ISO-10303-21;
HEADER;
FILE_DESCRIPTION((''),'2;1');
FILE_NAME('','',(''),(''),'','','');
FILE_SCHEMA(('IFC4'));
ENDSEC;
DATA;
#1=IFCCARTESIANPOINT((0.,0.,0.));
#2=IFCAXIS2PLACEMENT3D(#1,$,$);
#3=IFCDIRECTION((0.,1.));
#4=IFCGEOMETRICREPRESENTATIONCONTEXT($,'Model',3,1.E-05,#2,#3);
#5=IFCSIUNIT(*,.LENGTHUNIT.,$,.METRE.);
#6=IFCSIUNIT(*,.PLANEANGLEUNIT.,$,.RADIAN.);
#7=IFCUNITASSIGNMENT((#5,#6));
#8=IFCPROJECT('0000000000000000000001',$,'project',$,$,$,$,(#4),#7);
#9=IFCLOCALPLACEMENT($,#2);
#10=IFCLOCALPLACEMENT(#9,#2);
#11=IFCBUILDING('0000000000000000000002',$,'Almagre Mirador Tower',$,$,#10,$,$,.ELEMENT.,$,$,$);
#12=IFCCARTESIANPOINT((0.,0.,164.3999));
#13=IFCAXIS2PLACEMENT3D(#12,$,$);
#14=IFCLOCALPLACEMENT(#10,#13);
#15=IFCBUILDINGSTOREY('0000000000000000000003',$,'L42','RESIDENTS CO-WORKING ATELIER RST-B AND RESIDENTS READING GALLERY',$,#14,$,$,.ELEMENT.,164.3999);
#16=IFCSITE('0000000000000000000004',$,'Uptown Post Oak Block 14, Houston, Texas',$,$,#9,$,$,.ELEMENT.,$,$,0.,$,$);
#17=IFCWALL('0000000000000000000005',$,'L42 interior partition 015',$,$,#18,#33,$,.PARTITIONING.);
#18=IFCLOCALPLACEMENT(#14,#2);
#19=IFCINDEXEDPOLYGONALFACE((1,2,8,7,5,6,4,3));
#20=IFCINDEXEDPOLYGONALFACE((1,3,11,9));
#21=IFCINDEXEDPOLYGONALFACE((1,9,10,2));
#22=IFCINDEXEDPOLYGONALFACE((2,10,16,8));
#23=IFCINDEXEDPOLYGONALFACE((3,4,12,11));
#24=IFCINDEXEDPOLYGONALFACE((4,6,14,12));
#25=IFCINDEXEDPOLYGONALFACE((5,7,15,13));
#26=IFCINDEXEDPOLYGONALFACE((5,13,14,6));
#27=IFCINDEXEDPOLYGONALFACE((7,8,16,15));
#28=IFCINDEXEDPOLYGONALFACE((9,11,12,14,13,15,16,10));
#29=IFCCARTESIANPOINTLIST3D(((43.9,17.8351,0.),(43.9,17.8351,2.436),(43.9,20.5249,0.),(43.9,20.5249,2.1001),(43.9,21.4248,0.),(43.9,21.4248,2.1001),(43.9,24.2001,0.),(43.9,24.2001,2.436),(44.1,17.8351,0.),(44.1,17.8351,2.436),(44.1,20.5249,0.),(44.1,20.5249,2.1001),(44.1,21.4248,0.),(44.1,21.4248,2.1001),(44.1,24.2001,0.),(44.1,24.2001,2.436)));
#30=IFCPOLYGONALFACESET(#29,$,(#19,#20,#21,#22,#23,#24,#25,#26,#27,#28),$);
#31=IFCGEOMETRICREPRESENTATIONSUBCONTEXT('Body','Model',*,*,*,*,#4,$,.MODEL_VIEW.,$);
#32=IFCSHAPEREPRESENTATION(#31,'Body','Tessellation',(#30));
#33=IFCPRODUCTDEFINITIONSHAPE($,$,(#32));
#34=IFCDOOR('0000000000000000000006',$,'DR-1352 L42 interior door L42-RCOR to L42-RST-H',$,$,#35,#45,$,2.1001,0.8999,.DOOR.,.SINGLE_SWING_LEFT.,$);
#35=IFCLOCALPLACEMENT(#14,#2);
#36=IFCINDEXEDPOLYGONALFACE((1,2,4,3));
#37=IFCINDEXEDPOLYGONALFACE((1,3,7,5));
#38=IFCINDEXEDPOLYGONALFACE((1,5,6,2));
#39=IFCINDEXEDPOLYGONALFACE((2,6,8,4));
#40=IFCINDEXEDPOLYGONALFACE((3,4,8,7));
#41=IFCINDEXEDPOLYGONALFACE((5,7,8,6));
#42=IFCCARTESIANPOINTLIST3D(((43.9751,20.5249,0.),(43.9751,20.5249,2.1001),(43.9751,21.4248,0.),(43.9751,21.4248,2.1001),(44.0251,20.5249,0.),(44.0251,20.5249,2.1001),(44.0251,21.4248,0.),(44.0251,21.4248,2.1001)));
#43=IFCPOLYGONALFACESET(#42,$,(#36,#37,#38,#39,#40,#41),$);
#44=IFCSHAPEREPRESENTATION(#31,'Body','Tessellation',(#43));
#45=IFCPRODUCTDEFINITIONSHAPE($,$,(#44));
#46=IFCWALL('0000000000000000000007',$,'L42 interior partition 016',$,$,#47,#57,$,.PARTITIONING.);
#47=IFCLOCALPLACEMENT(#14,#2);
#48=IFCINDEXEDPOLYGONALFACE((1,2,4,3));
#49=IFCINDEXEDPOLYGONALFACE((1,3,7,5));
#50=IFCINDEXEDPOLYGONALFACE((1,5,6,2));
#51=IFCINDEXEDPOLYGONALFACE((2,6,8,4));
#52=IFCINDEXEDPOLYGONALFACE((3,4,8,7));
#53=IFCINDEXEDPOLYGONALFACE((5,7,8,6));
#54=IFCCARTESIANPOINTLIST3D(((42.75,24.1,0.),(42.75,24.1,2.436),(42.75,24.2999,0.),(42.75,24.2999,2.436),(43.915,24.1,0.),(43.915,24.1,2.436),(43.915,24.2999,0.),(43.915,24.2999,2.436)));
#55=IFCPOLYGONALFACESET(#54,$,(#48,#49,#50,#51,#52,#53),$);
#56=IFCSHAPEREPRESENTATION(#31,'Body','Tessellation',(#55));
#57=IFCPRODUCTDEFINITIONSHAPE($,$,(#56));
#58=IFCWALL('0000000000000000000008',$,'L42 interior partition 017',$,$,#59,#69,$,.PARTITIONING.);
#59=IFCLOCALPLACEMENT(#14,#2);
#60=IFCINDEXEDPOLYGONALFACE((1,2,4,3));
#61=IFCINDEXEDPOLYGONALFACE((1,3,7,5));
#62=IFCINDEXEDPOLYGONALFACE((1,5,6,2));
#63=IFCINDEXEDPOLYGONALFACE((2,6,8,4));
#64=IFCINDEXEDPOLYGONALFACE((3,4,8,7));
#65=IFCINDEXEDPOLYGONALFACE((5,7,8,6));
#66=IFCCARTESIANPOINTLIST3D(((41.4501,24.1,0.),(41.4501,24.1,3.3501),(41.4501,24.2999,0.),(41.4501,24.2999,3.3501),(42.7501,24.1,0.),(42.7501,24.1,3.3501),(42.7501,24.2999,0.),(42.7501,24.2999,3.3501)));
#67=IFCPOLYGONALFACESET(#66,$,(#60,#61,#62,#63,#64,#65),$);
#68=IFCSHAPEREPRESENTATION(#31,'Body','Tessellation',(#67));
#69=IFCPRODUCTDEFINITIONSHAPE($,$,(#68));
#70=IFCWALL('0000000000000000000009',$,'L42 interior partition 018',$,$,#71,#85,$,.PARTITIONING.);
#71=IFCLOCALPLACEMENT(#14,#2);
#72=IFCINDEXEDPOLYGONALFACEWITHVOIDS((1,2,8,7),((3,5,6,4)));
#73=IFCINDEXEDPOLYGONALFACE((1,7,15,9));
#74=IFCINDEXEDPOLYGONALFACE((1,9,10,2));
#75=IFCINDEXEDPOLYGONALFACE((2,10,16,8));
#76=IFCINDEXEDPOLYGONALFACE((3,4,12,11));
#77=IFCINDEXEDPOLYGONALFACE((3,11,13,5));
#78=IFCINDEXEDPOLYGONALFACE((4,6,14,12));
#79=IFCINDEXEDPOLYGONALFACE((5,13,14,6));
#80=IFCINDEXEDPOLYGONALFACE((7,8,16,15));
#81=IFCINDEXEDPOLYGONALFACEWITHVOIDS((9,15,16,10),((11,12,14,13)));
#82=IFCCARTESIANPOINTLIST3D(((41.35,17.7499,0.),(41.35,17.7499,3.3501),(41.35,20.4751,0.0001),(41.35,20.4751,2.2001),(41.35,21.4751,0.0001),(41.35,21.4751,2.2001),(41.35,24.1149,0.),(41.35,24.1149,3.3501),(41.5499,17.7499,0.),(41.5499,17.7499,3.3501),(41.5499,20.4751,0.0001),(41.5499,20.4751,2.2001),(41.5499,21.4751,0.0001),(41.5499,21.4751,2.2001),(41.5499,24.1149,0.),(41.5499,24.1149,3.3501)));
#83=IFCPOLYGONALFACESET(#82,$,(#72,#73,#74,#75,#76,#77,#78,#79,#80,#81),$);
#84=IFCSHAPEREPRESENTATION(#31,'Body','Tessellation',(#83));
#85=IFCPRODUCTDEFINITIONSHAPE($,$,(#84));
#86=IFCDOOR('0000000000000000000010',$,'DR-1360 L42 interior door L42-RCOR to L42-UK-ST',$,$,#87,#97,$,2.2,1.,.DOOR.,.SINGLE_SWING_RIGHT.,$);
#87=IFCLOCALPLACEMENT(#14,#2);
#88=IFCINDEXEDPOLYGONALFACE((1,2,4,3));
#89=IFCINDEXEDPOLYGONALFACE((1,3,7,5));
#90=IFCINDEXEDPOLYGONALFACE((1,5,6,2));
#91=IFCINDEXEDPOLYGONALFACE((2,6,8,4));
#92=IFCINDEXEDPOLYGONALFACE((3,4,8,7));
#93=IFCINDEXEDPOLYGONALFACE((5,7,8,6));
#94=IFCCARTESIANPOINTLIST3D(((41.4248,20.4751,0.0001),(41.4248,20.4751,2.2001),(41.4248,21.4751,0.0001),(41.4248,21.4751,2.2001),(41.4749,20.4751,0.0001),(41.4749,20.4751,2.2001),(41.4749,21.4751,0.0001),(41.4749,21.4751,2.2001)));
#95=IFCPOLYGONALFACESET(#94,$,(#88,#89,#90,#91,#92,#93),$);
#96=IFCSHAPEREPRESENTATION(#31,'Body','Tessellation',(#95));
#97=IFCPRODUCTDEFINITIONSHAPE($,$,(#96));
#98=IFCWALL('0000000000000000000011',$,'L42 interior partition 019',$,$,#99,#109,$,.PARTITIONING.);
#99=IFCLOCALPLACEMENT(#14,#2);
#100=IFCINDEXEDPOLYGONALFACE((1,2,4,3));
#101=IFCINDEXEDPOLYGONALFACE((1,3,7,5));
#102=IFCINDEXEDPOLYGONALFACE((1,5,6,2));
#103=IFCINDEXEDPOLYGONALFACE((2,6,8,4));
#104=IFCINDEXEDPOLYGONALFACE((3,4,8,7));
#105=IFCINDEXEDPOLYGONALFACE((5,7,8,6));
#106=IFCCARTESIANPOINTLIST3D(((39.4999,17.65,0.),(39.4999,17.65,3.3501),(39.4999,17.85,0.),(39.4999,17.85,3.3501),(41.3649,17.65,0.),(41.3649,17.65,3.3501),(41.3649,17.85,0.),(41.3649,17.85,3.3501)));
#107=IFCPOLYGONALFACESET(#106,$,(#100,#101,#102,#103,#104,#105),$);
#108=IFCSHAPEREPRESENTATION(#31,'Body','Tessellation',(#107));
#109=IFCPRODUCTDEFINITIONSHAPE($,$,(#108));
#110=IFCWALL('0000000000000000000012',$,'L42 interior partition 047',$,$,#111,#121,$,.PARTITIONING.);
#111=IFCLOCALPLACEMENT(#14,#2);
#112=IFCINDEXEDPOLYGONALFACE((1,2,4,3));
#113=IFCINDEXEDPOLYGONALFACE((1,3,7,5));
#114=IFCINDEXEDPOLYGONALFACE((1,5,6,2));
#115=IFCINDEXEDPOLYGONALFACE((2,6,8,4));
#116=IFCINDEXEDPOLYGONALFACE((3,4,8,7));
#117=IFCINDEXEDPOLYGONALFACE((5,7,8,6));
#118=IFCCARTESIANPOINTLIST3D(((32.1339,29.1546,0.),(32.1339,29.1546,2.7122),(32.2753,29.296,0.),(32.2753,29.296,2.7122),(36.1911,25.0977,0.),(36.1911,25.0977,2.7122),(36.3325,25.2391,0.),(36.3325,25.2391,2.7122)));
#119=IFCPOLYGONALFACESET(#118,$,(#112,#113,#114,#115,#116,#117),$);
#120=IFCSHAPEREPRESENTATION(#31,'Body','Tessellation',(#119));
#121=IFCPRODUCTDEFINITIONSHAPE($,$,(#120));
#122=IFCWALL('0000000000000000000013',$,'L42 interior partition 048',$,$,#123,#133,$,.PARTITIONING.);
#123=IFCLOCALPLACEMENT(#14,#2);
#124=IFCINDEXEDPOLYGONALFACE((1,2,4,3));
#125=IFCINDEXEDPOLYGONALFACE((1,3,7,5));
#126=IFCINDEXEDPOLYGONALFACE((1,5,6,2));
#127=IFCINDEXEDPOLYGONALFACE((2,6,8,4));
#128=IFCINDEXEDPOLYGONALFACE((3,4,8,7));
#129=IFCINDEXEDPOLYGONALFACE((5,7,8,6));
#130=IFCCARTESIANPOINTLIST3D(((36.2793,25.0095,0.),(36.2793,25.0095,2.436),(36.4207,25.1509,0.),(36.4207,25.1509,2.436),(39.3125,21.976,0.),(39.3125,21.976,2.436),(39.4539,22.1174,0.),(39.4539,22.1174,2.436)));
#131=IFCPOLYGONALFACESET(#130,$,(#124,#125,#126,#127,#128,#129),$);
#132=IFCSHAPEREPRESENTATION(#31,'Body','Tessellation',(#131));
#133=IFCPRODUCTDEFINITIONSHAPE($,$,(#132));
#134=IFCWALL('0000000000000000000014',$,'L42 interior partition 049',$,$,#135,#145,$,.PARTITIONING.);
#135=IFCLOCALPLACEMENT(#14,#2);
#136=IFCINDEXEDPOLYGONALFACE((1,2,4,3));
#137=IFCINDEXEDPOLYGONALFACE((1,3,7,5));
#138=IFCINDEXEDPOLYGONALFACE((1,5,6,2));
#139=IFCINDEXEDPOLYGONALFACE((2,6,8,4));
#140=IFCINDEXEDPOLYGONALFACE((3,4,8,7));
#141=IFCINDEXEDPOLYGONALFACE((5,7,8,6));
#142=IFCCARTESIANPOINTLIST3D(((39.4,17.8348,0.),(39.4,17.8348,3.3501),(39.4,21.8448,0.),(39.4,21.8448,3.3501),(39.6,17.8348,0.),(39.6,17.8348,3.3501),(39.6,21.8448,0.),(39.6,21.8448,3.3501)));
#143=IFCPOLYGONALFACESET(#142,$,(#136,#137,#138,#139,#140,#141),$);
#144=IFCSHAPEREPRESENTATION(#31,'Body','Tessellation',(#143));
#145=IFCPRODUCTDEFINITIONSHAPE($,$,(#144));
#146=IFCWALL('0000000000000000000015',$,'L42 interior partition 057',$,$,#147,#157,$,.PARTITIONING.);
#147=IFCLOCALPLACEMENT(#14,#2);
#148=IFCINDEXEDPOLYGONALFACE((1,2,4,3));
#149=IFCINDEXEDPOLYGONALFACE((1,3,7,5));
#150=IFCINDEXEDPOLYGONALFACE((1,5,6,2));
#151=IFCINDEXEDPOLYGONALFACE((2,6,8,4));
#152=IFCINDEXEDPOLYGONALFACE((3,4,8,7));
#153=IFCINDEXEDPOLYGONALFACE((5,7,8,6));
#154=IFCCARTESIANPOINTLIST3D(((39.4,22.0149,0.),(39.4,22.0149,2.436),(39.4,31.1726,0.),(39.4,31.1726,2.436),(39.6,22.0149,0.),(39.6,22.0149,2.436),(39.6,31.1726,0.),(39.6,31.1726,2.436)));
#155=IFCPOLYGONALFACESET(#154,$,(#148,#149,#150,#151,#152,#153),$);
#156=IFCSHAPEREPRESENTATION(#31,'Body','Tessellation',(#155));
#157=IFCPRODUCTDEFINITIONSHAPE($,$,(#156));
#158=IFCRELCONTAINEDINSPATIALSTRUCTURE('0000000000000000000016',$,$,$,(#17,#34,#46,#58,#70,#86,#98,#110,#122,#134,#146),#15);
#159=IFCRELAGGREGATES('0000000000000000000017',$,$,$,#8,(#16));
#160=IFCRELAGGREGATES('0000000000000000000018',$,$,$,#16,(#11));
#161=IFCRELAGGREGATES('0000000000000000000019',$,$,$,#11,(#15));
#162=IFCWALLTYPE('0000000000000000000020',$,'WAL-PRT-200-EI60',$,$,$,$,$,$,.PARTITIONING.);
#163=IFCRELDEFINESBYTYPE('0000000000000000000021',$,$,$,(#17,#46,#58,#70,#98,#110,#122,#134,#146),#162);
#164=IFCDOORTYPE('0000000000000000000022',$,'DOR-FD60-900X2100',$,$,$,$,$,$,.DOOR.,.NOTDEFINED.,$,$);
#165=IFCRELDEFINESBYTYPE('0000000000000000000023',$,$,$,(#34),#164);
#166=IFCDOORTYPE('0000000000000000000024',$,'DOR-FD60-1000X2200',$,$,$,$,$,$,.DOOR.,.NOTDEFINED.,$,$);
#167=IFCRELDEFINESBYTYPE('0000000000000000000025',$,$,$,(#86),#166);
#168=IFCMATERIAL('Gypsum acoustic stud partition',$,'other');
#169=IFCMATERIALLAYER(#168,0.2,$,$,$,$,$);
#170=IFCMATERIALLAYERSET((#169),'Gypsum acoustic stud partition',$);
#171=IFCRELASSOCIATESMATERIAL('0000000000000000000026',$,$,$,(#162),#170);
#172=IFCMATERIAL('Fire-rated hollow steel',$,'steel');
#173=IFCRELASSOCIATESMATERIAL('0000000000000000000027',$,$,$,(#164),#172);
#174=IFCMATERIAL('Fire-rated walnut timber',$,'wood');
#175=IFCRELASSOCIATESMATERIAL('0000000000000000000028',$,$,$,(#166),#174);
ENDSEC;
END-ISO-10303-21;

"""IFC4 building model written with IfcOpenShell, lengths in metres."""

from ifc_helpers import new_model, si_unit, direction, frame, frame_2d, origin, place, context, subcontext, project, spatial, rectangle, extrude, material, layer, layer_set, type_object, element, fill, save


model = new_model("IFC4")

# Units and contexts
model_context = context("Model", 3, precision=1e-05, world=origin(), true_north=direction((0.0, 1.0)))
body_context = subcontext(model_context, "Body", "Model", "MODEL_VIEW")
ifc_project = project(units=[si_unit("LENGTHUNIT", "METRE"), si_unit("PLANEANGLEUNIT", "RADIAN")], contexts=[model_context])

# Site, building, storey
site_placement = place(None, origin())
site = spatial("IfcSite", under=ifc_project, at=site_placement, Name="Uptown Post Oak Block 14, Houston, Texas", CompositionType="ELEMENT", RefElevation=0.0)
building_placement = place(site_placement, origin())
building = spatial("IfcBuilding", under=site, at=building_placement, Name="Almagre Mirador Tower", CompositionType="ELEMENT")
storey_placement = place(building_placement, frame((0.0, 0.0, 164.3999)))
storey = spatial("IfcBuildingStorey", under=building, at=storey_placement, Name="L42", Description="RESIDENTS CO-WORKING ATELIER RST-B AND RESIDENTS READING GALLERY", CompositionType="ELEMENT", Elevation=164.3999)

# Shared definitions
ifc_material_1 = material(Name="Gypsum acoustic stud partition", Category="other")
ifc_layer_1 = layer(ifc_material_1, 0.2)
ifc_layer_set_1 = layer_set([ifc_layer_1], Name="Gypsum acoustic stud partition")
wall_type_1 = type_object("IfcWallType", Name="WAL-PRT-200-EI60", PredefinedType="PARTITIONING", material=ifc_layer_set_1)
ifc_material_2 = material(Name="Fire-rated hollow steel", Category="steel")
door_type_1 = type_object("IfcDoorType", Name="DOR-FD60-900X2100", OperationType="NOTDEFINED", PredefinedType="DOOR", material=ifc_material_2)

# Wall, opening, door
wall_1_placement = place(storey_placement, frame((44.0, 17.835, 0.0), z_axis=(0.0, 0.0, 1.0), x_axis=(0.0, 1.0, 0.0)))
wall_1 = element("IfcWall", 1, at=wall_1_placement, inside=storey, type_object=wall_type_1, Name="L42 interior partition 015", PredefinedType="PARTITIONING", context=body_context, shape_type="SweptSolid", body=[
    extrude(rectangle(XDim=6.365, YDim=0.2, at=frame_2d((3.1826, 0.0))), origin(), (0.0, 0.0, 1.0), 2.436),
])
opening_1_placement = place(wall_1_placement, frame((2.6899, 0.0, 0.0)))
opening_1 = element("IfcOpeningElement", 2, at=opening_1_placement, cuts=wall_1, PredefinedType="OPENING", context=body_context, shape_type="SweptSolid", body=[
    extrude(rectangle(XDim=0.8999, YDim=2.1001, at=frame_2d((0.45, 1.05))), frame((0.0, 0.1101, 0.0), z_axis=(0.0, -1.0, 0.0), x_axis=(1.0, 0.0, 0.0)), (0.0, 0.0, 1.0), 0.22),
])
door_1_placement = place(opening_1_placement, origin())
door_1 = element("IfcDoor", 3, at=door_1_placement, inside=storey, type_object=door_type_1, Name="DR-1352 L42 interior door L42-RCOR to L42-RST-H", OperationType="SINGLE_SWING_LEFT", OverallHeight=2.1001, OverallWidth=0.8999, PredefinedType="DOOR", context=body_context, shape_type="SweptSolid", body=[
    extrude(rectangle(XDim=0.8999, YDim=2.1001, at=frame_2d((0.45, 1.05))), frame((0.0, 0.0249, 0.0), z_axis=(0.0, -1.0, 0.0), x_axis=(1.0, 0.0, 0.0)), (0.0, 0.0, 1.0), 0.05),
])
fill(opening_1, door_1)

# Walls
wall_2_placement = place(storey_placement, frame((43.915, 24.2, 0.0), z_axis=(0.0, 0.0, 1.0), x_axis=(-1.0, 0.0, 0.0)))
element("IfcWall", 4, at=wall_2_placement, inside=storey, type_object=wall_type_1, Name="L42 interior partition 016", PredefinedType="PARTITIONING", context=body_context, shape_type="SweptSolid", body=[
    extrude(rectangle(XDim=1.165, YDim=0.2, at=frame_2d((0.5825, 0.0))), origin(), (0.0, 0.0, 1.0), 2.436),
])
wall_3_placement = place(storey_placement, frame((42.75, 24.2, 0.0), z_axis=(0.0, 0.0, 1.0), x_axis=(-1.0, 0.0, 0.0)))
element("IfcWall", 5, at=wall_3_placement, inside=storey, type_object=wall_type_1, Name="L42 interior partition 017", PredefinedType="PARTITIONING", context=body_context, shape_type="SweptSolid", body=[
    extrude(rectangle(XDim=1.3, YDim=0.2, at=frame_2d((0.6499, 0.0))), origin(), (0.0, 0.0, 1.0), 3.3501),
])

# Wall, opening, door
wall_4_placement = place(storey_placement, frame((41.45, 24.115, 0.0), z_axis=(0.0, 0.0, 1.0), x_axis=(0.0, -1.0, 0.0)))
wall_4 = element("IfcWall", 6, at=wall_4_placement, inside=storey, type_object=wall_type_1, Name="L42 interior partition 018", PredefinedType="PARTITIONING", context=body_context, shape_type="SweptSolid", body=[
    extrude(rectangle(XDim=6.365, YDim=0.2, at=frame_2d((3.1826, 0.0))), origin(), (0.0, 0.0, 1.0), 3.3501),
])
opening_2_placement = place(wall_4_placement, frame((2.6399, 0.0, 0.0)))
opening_2 = element("IfcOpeningElement", 7, at=opening_2_placement, cuts=wall_4, PredefinedType="OPENING", context=body_context, shape_type="SweptSolid", body=[
    extrude(rectangle(XDim=1.0, YDim=2.2, at=frame_2d((0.5, 1.1001))), frame((0.0, 0.1101, 0.0), z_axis=(0.0, -1.0, 0.0), x_axis=(1.0, 0.0, 0.0)), (0.0, 0.0, 1.0), 0.22),
])
ifc_material_3 = material(Name="Fire-rated walnut timber", Category="wood")
door_type_2 = type_object("IfcDoorType", Name="DOR-FD60-1000X2200", OperationType="NOTDEFINED", PredefinedType="DOOR", material=ifc_material_3)
door_2_placement = place(opening_2_placement, origin())
door_2 = element("IfcDoor", 8, at=door_2_placement, inside=storey, type_object=door_type_2, Name="DR-1360 L42 interior door L42-RCOR to L42-UK-ST", OperationType="SINGLE_SWING_RIGHT", OverallHeight=2.2, OverallWidth=1.0, PredefinedType="DOOR", context=body_context, shape_type="SweptSolid", body=[
    extrude(rectangle(XDim=1.0, YDim=2.2, at=frame_2d((0.5, 1.1001))), frame((0.0, 0.0249, 0.0), z_axis=(0.0, -1.0, 0.0), x_axis=(1.0, 0.0, 0.0)), (0.0, 0.0, 1.0), 0.05),
])
fill(opening_2, door_2)

# Walls
wall_5_placement = place(storey_placement, frame((41.365, 17.75, 0.0), z_axis=(0.0, 0.0, 1.0), x_axis=(-1.0, 0.0, 0.0)))
element("IfcWall", 9, at=wall_5_placement, inside=storey, type_object=wall_type_1, Name="L42 interior partition 019", PredefinedType="PARTITIONING", context=body_context, shape_type="SweptSolid", body=[
    extrude(rectangle(XDim=1.865, YDim=0.2, at=frame_2d((0.9326, 0.0))), origin(), (0.0, 0.0, 1.0), 3.3501),
])
wall_6_placement = place(storey_placement, frame((36.2617, 25.1685, 0.0), z_axis=(0.0, 0.0, 1.0), x_axis=(-0.707128, 0.707086, 0.0)))
element("IfcWall", 10, at=wall_6_placement, inside=storey, type_object=wall_type_1, Name="L42 interior partition 047", PredefinedType="PARTITIONING", context=body_context, shape_type="SweptSolid", body=[
    extrude(rectangle(XDim=5.7375, YDim=0.2, at=frame_2d((2.8687, 0.0))), origin(), (0.0, 0.0, 1.0), 2.7122),
])
wall_7_placement = place(storey_placement, frame((39.3833, 22.0466, 0.0), z_axis=(0.0, 0.0, 1.0), x_axis=(-0.707078, 0.707135, 0.0)))
element("IfcWall", 11, at=wall_7_placement, inside=storey, type_object=wall_type_1, Name="L42 interior partition 048", PredefinedType="PARTITIONING", context=body_context, shape_type="SweptSolid", body=[
    extrude(rectangle(XDim=4.2898, YDim=0.2, at=frame_2d((2.145, 0.0))), origin(), (0.0, 0.0, 1.0), 2.436),
])
wall_8_placement = place(storey_placement, frame((39.5, 17.835, 0.0), z_axis=(0.0, 0.0, 1.0), x_axis=(0.0, 1.0, 0.0)))
element("IfcWall", 12, at=wall_8_placement, inside=storey, type_object=wall_type_1, Name="L42 interior partition 049", PredefinedType="PARTITIONING", context=body_context, shape_type="SweptSolid", body=[
    extrude(rectangle(XDim=4.01, YDim=0.2, at=frame_2d((2.0049, 0.0))), origin(), (0.0, 0.0, 1.0), 3.3501),
])
wall_9_placement = place(storey_placement, frame((39.5, 22.0149, 0.0), z_axis=(0.0, 0.0, 1.0), x_axis=(0.0, 1.0, 0.0)))
element("IfcWall", 13, at=wall_9_placement, inside=storey, type_object=wall_type_1, Name="L42 interior partition 057", PredefinedType="PARTITIONING", context=body_context, shape_type="SweptSolid", body=[
    extrude(rectangle(XDim=9.1577, YDim=0.2, at=frame_2d((4.5789, 0.0))), origin(), (0.0, 0.0, 1.0), 2.436),
])

save(model, "model.ifc")
